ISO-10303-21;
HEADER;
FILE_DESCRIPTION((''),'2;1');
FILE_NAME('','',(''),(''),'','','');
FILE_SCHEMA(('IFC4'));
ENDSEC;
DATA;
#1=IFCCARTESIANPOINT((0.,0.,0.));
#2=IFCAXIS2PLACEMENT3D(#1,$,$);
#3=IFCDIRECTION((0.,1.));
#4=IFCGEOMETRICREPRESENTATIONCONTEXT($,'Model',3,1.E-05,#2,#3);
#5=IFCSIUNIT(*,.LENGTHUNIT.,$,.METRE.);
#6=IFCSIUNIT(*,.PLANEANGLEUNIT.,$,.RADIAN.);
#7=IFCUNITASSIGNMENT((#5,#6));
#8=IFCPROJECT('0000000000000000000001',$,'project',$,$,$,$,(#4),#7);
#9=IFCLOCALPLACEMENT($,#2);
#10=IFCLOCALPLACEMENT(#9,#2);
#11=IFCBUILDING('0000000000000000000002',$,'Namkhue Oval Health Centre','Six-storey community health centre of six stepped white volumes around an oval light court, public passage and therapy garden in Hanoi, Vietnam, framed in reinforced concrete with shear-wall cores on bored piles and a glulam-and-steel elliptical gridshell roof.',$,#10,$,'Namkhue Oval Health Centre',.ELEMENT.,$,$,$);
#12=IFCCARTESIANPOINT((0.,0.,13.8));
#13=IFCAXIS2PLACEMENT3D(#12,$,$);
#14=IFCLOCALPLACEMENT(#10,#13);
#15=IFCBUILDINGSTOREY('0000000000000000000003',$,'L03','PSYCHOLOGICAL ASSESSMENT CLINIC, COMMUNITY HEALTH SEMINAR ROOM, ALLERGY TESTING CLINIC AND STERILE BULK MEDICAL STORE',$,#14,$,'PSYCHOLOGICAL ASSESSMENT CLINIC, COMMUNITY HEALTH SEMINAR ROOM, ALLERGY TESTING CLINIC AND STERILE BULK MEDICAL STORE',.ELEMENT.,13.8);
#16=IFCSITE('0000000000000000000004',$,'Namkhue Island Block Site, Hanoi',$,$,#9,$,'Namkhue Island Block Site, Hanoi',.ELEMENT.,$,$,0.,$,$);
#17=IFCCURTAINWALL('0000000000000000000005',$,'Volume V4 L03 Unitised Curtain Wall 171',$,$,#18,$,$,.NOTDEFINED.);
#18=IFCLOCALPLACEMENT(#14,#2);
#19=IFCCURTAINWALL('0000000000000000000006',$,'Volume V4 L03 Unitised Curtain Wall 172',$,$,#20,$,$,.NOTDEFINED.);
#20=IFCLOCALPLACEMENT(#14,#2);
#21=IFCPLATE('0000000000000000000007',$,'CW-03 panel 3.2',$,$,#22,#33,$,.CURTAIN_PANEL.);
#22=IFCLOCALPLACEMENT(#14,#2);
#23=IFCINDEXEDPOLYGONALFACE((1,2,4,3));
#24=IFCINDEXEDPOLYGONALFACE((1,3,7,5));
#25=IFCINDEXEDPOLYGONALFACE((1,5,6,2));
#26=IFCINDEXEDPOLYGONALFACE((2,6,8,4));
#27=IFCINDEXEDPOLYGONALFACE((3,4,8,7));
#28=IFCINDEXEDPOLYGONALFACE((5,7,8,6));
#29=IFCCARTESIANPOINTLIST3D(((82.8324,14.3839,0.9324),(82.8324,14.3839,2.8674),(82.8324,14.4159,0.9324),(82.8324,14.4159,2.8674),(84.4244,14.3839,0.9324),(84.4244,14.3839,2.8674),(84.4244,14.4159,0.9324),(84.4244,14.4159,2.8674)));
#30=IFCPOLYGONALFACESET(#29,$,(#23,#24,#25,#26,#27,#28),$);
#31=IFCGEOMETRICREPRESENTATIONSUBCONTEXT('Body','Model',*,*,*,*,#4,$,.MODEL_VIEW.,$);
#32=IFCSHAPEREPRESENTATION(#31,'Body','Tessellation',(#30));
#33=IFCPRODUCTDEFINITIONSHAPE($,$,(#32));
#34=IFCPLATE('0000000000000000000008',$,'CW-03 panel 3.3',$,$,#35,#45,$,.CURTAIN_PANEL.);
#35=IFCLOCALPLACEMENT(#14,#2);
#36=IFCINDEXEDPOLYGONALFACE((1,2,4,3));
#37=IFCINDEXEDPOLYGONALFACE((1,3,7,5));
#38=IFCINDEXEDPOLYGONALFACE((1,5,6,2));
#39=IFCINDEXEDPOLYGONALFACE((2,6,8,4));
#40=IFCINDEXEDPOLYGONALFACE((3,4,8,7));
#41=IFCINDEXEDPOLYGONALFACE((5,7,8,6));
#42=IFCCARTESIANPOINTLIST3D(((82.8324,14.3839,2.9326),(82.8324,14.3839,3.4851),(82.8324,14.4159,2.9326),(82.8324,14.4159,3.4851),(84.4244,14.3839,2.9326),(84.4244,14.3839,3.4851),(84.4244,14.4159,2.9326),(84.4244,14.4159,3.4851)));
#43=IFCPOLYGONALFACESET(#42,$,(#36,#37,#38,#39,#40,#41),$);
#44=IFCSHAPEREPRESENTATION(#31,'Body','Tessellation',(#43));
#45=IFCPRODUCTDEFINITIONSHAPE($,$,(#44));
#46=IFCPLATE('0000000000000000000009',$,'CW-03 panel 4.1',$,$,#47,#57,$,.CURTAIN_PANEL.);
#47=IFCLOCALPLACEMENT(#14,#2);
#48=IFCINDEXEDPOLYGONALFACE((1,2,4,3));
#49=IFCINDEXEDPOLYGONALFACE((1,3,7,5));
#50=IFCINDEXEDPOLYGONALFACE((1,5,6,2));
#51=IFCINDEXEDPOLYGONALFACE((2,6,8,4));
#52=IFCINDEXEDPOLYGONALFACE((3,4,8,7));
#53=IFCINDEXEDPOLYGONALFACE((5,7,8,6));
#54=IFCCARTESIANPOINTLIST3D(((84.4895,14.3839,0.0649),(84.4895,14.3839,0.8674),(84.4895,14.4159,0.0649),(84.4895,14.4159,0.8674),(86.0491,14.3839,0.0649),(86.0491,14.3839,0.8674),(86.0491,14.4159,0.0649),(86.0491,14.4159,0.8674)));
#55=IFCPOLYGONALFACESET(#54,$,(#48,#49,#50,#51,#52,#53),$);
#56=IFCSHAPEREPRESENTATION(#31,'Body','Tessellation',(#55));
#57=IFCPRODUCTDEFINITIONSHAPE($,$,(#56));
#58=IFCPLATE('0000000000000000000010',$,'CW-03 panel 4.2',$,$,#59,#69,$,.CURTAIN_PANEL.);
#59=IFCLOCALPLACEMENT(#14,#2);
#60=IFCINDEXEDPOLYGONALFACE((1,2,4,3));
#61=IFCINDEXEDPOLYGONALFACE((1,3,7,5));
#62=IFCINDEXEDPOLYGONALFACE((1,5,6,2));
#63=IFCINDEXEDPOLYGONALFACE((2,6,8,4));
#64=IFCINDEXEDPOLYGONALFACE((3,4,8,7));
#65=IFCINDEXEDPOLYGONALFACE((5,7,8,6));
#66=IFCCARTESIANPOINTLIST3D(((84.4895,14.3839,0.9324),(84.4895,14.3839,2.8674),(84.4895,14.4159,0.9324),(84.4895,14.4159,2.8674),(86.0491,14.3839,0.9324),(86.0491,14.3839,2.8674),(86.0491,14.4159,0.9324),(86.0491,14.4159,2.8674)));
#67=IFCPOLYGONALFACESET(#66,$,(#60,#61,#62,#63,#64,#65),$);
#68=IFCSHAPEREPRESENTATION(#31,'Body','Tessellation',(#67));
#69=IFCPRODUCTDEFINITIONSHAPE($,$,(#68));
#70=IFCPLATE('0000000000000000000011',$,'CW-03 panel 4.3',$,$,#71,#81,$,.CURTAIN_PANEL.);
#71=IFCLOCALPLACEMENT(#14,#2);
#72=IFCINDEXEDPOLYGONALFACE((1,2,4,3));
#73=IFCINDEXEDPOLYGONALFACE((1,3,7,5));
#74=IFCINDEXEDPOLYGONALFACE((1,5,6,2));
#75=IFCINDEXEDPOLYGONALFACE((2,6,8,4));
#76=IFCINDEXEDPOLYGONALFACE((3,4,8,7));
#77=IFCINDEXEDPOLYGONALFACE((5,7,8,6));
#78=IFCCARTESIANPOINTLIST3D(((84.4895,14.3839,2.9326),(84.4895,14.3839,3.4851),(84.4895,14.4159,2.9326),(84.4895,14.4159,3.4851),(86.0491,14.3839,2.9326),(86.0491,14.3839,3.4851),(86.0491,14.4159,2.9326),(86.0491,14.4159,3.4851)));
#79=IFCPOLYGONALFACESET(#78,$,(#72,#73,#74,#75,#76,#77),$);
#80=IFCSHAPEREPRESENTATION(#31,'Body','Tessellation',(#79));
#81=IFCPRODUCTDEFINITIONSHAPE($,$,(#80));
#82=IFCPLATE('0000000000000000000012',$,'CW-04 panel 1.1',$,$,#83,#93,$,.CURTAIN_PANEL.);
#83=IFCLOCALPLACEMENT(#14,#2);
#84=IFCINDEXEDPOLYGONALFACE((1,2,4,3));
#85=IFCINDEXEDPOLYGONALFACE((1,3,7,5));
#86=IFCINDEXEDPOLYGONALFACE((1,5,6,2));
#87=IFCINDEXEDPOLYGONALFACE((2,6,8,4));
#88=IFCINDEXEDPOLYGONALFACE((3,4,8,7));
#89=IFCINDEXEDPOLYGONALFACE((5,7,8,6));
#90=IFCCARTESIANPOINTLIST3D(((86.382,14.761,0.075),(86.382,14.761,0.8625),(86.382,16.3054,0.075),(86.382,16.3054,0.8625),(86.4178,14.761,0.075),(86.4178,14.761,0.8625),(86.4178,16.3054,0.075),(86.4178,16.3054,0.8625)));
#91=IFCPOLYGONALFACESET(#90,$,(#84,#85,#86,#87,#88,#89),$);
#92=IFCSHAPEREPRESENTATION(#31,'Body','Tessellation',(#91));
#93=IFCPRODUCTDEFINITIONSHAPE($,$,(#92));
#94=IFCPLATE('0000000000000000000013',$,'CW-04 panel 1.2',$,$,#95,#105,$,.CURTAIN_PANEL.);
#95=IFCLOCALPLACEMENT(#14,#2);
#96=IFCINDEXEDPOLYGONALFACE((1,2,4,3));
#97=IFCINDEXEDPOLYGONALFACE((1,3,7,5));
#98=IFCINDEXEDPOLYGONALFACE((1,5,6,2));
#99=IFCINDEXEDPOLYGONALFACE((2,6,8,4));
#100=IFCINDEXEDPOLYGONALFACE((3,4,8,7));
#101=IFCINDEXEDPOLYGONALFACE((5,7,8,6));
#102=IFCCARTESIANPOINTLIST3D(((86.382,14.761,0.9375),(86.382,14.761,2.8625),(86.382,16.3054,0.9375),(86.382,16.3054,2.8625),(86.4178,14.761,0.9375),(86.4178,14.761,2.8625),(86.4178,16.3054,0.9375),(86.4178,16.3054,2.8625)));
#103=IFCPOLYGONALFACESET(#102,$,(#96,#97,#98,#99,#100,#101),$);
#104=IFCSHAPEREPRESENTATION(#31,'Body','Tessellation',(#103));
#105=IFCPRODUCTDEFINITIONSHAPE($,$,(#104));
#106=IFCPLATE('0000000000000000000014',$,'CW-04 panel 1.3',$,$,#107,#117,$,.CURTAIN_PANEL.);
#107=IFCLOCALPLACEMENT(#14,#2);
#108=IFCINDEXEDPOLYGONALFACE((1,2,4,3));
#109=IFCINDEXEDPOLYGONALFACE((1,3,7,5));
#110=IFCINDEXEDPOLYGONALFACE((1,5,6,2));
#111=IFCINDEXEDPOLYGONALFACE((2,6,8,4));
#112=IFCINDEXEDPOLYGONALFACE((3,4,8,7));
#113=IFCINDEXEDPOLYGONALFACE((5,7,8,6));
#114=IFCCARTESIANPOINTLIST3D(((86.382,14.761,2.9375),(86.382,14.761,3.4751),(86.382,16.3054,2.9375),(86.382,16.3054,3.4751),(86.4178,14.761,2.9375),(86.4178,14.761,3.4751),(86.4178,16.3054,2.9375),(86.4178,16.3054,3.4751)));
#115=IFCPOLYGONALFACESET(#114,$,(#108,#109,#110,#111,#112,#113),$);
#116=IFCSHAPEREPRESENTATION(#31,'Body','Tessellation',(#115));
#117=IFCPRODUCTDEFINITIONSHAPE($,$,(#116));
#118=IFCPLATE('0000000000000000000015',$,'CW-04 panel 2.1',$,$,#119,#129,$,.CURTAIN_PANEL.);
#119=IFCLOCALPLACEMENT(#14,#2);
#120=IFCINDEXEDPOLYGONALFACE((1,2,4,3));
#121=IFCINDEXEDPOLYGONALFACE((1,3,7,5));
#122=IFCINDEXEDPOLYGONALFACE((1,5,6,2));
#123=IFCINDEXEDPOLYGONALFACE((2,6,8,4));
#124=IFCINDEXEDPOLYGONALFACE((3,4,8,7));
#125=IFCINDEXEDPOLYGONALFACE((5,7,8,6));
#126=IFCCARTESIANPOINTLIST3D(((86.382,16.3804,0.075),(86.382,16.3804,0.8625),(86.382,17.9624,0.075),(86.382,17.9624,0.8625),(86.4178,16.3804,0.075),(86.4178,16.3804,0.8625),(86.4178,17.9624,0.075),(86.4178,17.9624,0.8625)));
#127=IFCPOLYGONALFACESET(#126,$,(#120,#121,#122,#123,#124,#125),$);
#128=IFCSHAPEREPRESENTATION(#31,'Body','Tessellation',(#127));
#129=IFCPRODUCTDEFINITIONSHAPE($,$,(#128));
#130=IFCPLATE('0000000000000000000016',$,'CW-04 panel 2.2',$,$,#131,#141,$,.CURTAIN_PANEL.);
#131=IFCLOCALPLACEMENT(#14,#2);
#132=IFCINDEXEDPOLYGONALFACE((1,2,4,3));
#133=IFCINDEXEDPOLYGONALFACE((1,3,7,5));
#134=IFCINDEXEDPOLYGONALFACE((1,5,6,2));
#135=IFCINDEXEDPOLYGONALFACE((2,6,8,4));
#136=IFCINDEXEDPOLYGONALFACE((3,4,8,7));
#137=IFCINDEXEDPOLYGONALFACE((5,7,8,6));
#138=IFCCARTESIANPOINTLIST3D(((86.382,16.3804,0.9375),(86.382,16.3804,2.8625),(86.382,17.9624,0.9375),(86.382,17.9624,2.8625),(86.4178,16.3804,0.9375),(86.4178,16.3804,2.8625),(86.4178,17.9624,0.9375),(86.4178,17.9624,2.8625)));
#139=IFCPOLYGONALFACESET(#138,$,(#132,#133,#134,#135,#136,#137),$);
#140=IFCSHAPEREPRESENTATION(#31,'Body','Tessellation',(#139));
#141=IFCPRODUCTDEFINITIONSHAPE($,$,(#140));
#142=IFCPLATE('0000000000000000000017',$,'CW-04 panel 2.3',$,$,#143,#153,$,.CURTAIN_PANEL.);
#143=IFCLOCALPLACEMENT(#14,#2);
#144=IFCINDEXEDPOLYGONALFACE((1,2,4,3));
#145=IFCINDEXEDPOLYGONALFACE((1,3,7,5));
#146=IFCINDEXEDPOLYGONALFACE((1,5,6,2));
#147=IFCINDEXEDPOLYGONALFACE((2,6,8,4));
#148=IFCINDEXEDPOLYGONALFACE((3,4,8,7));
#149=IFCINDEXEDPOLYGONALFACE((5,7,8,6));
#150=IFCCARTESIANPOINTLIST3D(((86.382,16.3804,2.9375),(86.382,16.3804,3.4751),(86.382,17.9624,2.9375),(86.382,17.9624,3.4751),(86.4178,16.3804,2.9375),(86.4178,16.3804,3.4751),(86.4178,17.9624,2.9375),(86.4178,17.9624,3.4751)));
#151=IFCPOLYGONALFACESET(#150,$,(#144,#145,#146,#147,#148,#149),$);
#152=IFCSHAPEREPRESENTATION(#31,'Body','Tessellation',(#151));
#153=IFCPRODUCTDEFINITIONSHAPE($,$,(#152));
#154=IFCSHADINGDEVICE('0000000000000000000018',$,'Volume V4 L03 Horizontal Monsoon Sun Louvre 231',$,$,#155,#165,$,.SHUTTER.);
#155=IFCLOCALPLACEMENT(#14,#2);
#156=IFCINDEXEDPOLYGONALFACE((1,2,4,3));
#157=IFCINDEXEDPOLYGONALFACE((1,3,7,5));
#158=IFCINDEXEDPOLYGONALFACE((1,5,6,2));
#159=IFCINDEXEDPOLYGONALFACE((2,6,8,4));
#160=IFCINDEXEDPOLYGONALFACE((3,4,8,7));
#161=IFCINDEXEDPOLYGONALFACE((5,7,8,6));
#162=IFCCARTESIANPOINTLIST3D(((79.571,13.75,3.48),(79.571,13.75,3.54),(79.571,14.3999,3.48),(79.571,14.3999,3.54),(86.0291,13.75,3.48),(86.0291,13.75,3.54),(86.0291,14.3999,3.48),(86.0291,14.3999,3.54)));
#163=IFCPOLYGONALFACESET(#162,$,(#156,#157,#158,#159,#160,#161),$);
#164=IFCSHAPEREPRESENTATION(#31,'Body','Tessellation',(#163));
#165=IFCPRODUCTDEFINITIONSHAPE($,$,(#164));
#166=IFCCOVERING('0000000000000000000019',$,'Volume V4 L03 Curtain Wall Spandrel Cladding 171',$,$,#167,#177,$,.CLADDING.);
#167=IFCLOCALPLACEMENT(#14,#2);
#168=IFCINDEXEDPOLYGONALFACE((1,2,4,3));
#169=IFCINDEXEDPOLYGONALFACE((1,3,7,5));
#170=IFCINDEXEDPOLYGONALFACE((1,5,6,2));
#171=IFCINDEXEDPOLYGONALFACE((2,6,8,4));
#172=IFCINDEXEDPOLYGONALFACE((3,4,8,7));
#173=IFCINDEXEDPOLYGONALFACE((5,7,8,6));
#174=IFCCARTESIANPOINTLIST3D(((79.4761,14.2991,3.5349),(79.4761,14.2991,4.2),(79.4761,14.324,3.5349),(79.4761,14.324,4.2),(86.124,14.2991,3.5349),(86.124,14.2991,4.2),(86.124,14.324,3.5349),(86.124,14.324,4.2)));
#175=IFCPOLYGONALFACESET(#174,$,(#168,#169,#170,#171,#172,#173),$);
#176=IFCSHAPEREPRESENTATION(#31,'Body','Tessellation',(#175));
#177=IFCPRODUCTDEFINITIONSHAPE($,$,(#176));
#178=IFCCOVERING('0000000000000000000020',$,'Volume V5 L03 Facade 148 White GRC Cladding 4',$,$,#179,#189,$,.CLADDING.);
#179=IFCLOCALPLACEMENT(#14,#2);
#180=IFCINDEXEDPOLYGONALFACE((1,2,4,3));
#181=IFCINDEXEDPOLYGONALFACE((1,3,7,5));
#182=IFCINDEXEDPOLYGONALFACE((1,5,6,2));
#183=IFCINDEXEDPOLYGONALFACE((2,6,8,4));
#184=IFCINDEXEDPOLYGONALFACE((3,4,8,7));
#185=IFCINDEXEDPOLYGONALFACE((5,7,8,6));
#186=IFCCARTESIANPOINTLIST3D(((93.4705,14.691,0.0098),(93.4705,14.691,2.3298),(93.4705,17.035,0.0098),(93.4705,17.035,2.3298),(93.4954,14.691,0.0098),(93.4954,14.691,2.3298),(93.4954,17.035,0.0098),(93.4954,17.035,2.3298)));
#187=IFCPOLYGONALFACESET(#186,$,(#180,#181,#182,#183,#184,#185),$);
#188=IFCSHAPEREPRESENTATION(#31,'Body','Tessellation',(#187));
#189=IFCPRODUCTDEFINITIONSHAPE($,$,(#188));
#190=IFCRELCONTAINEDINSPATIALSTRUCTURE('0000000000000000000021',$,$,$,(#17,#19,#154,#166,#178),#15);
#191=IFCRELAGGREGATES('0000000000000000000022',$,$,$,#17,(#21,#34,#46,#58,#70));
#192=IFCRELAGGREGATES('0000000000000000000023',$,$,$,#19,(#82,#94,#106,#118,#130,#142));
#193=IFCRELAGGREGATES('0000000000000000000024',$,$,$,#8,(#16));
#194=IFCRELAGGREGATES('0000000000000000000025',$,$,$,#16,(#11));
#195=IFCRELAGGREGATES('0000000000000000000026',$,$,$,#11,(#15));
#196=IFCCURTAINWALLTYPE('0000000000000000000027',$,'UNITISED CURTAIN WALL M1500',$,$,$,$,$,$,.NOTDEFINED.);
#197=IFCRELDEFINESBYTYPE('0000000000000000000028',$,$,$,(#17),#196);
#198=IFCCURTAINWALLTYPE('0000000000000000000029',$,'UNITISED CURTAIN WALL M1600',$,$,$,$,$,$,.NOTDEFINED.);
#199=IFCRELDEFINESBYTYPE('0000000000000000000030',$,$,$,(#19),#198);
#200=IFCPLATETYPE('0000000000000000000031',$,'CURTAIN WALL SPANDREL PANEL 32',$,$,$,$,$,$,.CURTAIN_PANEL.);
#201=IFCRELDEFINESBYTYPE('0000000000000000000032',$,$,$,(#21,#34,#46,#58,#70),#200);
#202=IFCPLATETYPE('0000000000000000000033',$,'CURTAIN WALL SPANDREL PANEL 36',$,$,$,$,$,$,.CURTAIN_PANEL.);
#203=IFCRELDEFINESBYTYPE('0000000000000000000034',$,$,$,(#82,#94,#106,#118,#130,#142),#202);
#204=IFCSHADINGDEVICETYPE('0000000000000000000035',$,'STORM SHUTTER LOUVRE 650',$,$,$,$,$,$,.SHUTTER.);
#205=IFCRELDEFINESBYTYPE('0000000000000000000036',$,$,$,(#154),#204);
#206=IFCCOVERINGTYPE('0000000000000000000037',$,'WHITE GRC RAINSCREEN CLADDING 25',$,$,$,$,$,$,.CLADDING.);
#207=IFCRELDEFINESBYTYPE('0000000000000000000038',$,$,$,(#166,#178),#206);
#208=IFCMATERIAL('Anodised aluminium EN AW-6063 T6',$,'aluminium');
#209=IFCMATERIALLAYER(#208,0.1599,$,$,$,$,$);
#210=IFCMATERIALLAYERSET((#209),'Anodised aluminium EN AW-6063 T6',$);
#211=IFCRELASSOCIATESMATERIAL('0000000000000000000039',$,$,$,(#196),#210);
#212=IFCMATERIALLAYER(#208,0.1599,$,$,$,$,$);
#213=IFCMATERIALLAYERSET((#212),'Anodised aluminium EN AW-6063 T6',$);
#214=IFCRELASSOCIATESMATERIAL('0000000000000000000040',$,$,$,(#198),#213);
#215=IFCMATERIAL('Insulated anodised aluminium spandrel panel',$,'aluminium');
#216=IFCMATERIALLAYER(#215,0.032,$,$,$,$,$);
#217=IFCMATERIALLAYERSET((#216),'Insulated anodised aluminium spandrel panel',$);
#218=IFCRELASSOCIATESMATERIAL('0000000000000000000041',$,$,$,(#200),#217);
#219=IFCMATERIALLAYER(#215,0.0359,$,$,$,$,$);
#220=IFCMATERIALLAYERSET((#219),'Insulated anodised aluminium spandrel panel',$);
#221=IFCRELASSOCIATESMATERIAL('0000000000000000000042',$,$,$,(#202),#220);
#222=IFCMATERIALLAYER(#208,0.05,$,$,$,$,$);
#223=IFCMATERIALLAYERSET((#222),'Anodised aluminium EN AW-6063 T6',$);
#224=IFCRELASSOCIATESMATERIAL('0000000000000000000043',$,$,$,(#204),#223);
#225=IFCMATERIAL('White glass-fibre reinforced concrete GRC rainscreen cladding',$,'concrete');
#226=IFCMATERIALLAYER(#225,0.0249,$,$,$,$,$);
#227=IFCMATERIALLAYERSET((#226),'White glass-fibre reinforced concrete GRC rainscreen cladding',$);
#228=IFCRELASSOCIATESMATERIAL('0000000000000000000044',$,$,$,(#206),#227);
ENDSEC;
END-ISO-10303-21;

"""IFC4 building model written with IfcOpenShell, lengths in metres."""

from ifc_helpers import new_model, si_unit, direction, frame, origin, origin_2d, place, context, subcontext, project, spatial, rectangle, extrude, material, layer, layer_set, type_object, element, aggregate, save


model = new_model("IFC4")

# Units and contexts
model_context = context("Model", 3, precision=1e-05, world=origin(), true_north=direction((0.0, 1.0)))
body_context = subcontext(model_context, "Body", "Model", "MODEL_VIEW")
ifc_project = project(units=[si_unit("LENGTHUNIT", "METRE"), si_unit("PLANEANGLEUNIT", "RADIAN")], contexts=[model_context])

# Site, building, storey
site_placement = place(None, origin())
site = spatial("IfcSite", under=ifc_project, at=site_placement, Name="Namkhue Island Block Site, Hanoi", LongName="Namkhue Island Block Site, Hanoi", CompositionType="ELEMENT", RefElevation=0.0)
building_placement = place(site_placement, origin())
building = spatial("IfcBuilding", under=site, at=building_placement, Name="Namkhue Oval Health Centre", Description="Six-storey community health centre of six stepped white volumes around an oval light court, public passage and therapy garden in Hanoi, Vietnam, framed in reinforced concrete with shear-wall cores on bored piles and a glulam-and-steel elliptical gridshell roof.", LongName="Namkhue Oval Health Centre", CompositionType="ELEMENT")
storey_placement = place(building_placement, frame((0.0, 0.0, 13.8)))
storey = spatial("IfcBuildingStorey", under=building, at=storey_placement, Name="L03", Description="PSYCHOLOGICAL ASSESSMENT CLINIC, COMMUNITY HEALTH SEMINAR ROOM, ALLERGY TESTING CLINIC AND STERILE BULK MEDICAL STORE", LongName="PSYCHOLOGICAL ASSESSMENT CLINIC, COMMUNITY HEALTH SEMINAR ROOM, ALLERGY TESTING CLINIC AND STERILE BULK MEDICAL STORE", CompositionType="ELEMENT", Elevation=13.8)

# Curtain walls
ifc_material_1 = material(Name="Anodised aluminium EN AW-6063 T6", Category="aluminium")
ifc_layer_1 = layer(ifc_material_1, 0.1599)
ifc_layer_set_1 = layer_set([ifc_layer_1], Name="Anodised aluminium EN AW-6063 T6")
curtain_wall_type_1 = type_object("IfcCurtainWallType", Name="UNITISED CURTAIN WALL M1500", PredefinedType="NOTDEFINED", material=ifc_layer_set_1)
curtain_wall_1_placement = place(storey_placement, origin())
curtain_wall_1 = element("IfcCurtainWall", 1, at=curtain_wall_1_placement, inside=storey, type_object=curtain_wall_type_1, Name="Volume V4 L03 Unitised Curtain Wall 171", PredefinedType="NOTDEFINED")
ifc_layer_2 = layer(ifc_material_1, 0.1599)
ifc_layer_set_2 = layer_set([ifc_layer_2], Name="Anodised aluminium EN AW-6063 T6")
curtain_wall_type_2 = type_object("IfcCurtainWallType", Name="UNITISED CURTAIN WALL M1600", PredefinedType="NOTDEFINED", material=ifc_layer_set_2)
curtain_wall_2_placement = place(storey_placement, origin())
curtain_wall_2 = element("IfcCurtainWall", 2, at=curtain_wall_2_placement, inside=storey, type_object=curtain_wall_type_2, Name="Volume V4 L03 Unitised Curtain Wall 172", PredefinedType="NOTDEFINED")

# Plates
ifc_material_2 = material(Name="Insulated anodised aluminium spandrel panel", Category="aluminium")
ifc_layer_3 = layer(ifc_material_2, 0.032)
ifc_layer_set_3 = layer_set([ifc_layer_3], Name="Insulated anodised aluminium spandrel panel")
plate_type_1 = type_object("IfcPlateType", Name="CURTAIN WALL SPANDREL PANEL 32", PredefinedType="CURTAIN_PANEL", material=ifc_layer_set_3)
plate_1_placement = place(storey_placement, frame((83.6284, 14.3999, 0.9324), z_axis=(0.0, 0.0, 1.0), x_axis=(1.0, 0.0, 0.0)))
plate_1 = element("IfcPlate", 3, at=plate_1_placement, type_object=plate_type_1, Name="CW-03 panel 3.2", PredefinedType="CURTAIN_PANEL", context=body_context, shape_type="SweptSolid", body=[
    extrude(rectangle(XDim=1.592, YDim=0.032, at=origin_2d()), origin(), (0.0, 0.0, 1.0), 1.9351),
])
plate_2_placement = place(storey_placement, frame((83.6284, 14.3999, 2.9326), z_axis=(0.0, 0.0, 1.0), x_axis=(1.0, 0.0, 0.0)))
plate_2 = element("IfcPlate", 4, at=plate_2_placement, type_object=plate_type_1, Name="CW-03 panel 3.3", PredefinedType="CURTAIN_PANEL", context=body_context, shape_type="SweptSolid", body=[
    extrude(rectangle(XDim=1.592, YDim=0.032, at=origin_2d()), origin(), (0.0, 0.0, 1.0), 0.5525),
])
plate_3_placement = place(storey_placement, frame((85.2693, 14.3999, 0.0649), z_axis=(0.0, 0.0, 1.0), x_axis=(1.0, 0.0, 0.0)))
plate_3 = element("IfcPlate", 5, at=plate_3_placement, type_object=plate_type_1, Name="CW-03 panel 4.1", PredefinedType="CURTAIN_PANEL", context=body_context, shape_type="SweptSolid", body=[
    extrude(rectangle(XDim=1.5596, YDim=0.032, at=origin_2d()), origin(), (0.0, 0.0, 1.0), 0.8025),
])
plate_4_placement = place(storey_placement, frame((85.2693, 14.3999, 0.9324), z_axis=(0.0, 0.0, 1.0), x_axis=(1.0, 0.0, 0.0)))
plate_4 = element("IfcPlate", 6, at=plate_4_placement, type_object=plate_type_1, Name="CW-03 panel 4.2", PredefinedType="CURTAIN_PANEL", context=body_context, shape_type="SweptSolid", body=[
    extrude(rectangle(XDim=1.5596, YDim=0.032, at=origin_2d()), origin(), (0.0, 0.0, 1.0), 1.9351),
])
plate_5_placement = place(storey_placement, frame((85.2693, 14.3999, 2.9326), z_axis=(0.0, 0.0, 1.0), x_axis=(1.0, 0.0, 0.0)))
plate_5 = element("IfcPlate", 7, at=plate_5_placement, type_object=plate_type_1, Name="CW-03 panel 4.3", PredefinedType="CURTAIN_PANEL", context=body_context, shape_type="SweptSolid", body=[
    extrude(rectangle(XDim=1.5596, YDim=0.032, at=origin_2d()), origin(), (0.0, 0.0, 1.0), 0.5525),
])
aggregate(curtain_wall_1, [plate_1, plate_2, plate_3, plate_4, plate_5])
ifc_layer_4 = layer(ifc_material_2, 0.0359)
ifc_layer_set_4 = layer_set([ifc_layer_4], Name="Insulated anodised aluminium spandrel panel")
plate_type_2 = type_object("IfcPlateType", Name="CURTAIN WALL SPANDREL PANEL 36", PredefinedType="CURTAIN_PANEL", material=ifc_layer_set_4)
plate_6_placement = place(storey_placement, frame((86.3999, 15.5332, 0.075), z_axis=(0.0, 0.0, 1.0), x_axis=(0.0, 1.0, 0.0)))
plate_6 = element("IfcPlate", 8, at=plate_6_placement, type_object=plate_type_2, Name="CW-04 panel 1.1", PredefinedType="CURTAIN_PANEL", context=body_context, shape_type="SweptSolid", body=[
    extrude(rectangle(XDim=1.5444, YDim=0.0359, at=origin_2d()), origin(), (0.0, 0.0, 1.0), 0.7876),
])
plate_7_placement = place(storey_placement, frame((86.3999, 15.5332, 0.9375), z_axis=(0.0, 0.0, 1.0), x_axis=(0.0, 1.0, 0.0)))
plate_7 = element("IfcPlate", 9, at=plate_7_placement, type_object=plate_type_2, Name="CW-04 panel 1.2", PredefinedType="CURTAIN_PANEL", context=body_context, shape_type="SweptSolid", body=[
    extrude(rectangle(XDim=1.5444, YDim=0.0359, at=origin_2d()), origin(), (0.0, 0.0, 1.0), 1.925),
])
plate_8_placement = place(storey_placement, frame((86.3999, 15.5332, 2.9375), z_axis=(0.0, 0.0, 1.0), x_axis=(0.0, 1.0, 0.0)))
plate_8 = element("IfcPlate", 10, at=plate_8_placement, type_object=plate_type_2, Name="CW-04 panel 1.3", PredefinedType="CURTAIN_PANEL", context=body_context, shape_type="SweptSolid", body=[
    extrude(rectangle(XDim=1.5444, YDim=0.0359, at=origin_2d()), origin(), (0.0, 0.0, 1.0), 0.5376),
])
plate_9_placement = place(storey_placement, frame((86.3999, 17.1714, 0.075), z_axis=(0.0, 0.0, 1.0), x_axis=(0.0, 1.0, 0.0)))
plate_9 = element("IfcPlate", 11, at=plate_9_placement, type_object=plate_type_2, Name="CW-04 panel 2.1", PredefinedType="CURTAIN_PANEL", context=body_context, shape_type="SweptSolid", body=[
    extrude(rectangle(XDim=1.582, YDim=0.0359, at=origin_2d()), origin(), (0.0, 0.0, 1.0), 0.7876),
])
plate_10_placement = place(storey_placement, frame((86.3999, 17.1714, 0.9375), z_axis=(0.0, 0.0, 1.0), x_axis=(0.0, 1.0, 0.0)))
plate_10 = element("IfcPlate", 12, at=plate_10_placement, type_object=plate_type_2, Name="CW-04 panel 2.2", PredefinedType="CURTAIN_PANEL", context=body_context, shape_type="SweptSolid", body=[
    extrude(rectangle(XDim=1.582, YDim=0.0359, at=origin_2d()), origin(), (0.0, 0.0, 1.0), 1.925),
])
plate_11_placement = place(storey_placement, frame((86.3999, 17.1714, 2.9375), z_axis=(0.0, 0.0, 1.0), x_axis=(0.0, 1.0, 0.0)))
plate_11 = element("IfcPlate", 13, at=plate_11_placement, type_object=plate_type_2, Name="CW-04 panel 2.3", PredefinedType="CURTAIN_PANEL", context=body_context, shape_type="SweptSolid", body=[
    extrude(rectangle(XDim=1.582, YDim=0.0359, at=origin_2d()), origin(), (0.0, 0.0, 1.0), 0.5376),
])
aggregate(curtain_wall_2, [plate_6, plate_7, plate_8, plate_9, plate_10, plate_11])

# Shading device
ifc_layer_5 = layer(ifc_material_1, 0.05)
ifc_layer_set_5 = layer_set([ifc_layer_5], Name="Anodised aluminium EN AW-6063 T6")
shading_device_type = type_object("IfcShadingDeviceType", Name="STORM SHUTTER LOUVRE 650", PredefinedType="SHUTTER", material=ifc_layer_set_5)
shading_device_placement = place(storey_placement, frame((82.8, 14.075, 3.48), z_axis=(0.0, 0.0, 1.0), x_axis=(1.0, 0.0, 0.0)))
element("IfcShadingDevice", 14, at=shading_device_placement, inside=storey, type_object=shading_device_type, Name="Volume V4 L03 Horizontal Monsoon Sun Louvre 231", PredefinedType="SHUTTER", context=body_context, shape_type="SweptSolid", body=[
    extrude(rectangle(XDim=6.458, YDim=0.6499, at=origin_2d()), origin(), (0.0, 0.0, 1.0), 0.0601),
])

# Coverings
ifc_material_3 = material(Name="White glass-fibre reinforced concrete GRC rainscreen cladding", Category="concrete")
ifc_layer_6 = layer(ifc_material_3, 0.0249)
ifc_layer_set_6 = layer_set([ifc_layer_6], Name="White glass-fibre reinforced concrete GRC rainscreen cladding")
covering_type = type_object("IfcCoveringType", Name="WHITE GRC RAINSCREEN CLADDING 25", PredefinedType="CLADDING", material=ifc_layer_set_6)
covering_1_placement = place(storey_placement, frame((82.8, 14.3115, 3.5349), z_axis=(0.0, 0.0, 1.0), x_axis=(1.0, 0.0, 0.0)))
element("IfcCovering", 15, at=covering_1_placement, inside=storey, type_object=covering_type, Name="Volume V4 L03 Curtain Wall Spandrel Cladding 171", PredefinedType="CLADDING", context=body_context, shape_type="SweptSolid", body=[
    extrude(rectangle(XDim=6.6479, YDim=0.0249, at=origin_2d()), origin(), (0.0, 0.0, 1.0), 0.665),
])
covering_2_placement = place(storey_placement, frame((93.4829, 15.863, 0.0098), z_axis=(0.0, 0.0, 1.0), x_axis=(0.0, -1.0, 0.0)))
element("IfcCovering", 16, at=covering_2_placement, inside=storey, type_object=covering_type, Name="Volume V5 L03 Facade 148 White GRC Cladding 4", PredefinedType="CLADDING", context=body_context, shape_type="SweptSolid", body=[
    extrude(rectangle(XDim=2.344, YDim=0.0249, at=origin_2d()), origin(), (0.0, 0.0, 1.0), 2.3201),
])

save(model, "model.ifc")
